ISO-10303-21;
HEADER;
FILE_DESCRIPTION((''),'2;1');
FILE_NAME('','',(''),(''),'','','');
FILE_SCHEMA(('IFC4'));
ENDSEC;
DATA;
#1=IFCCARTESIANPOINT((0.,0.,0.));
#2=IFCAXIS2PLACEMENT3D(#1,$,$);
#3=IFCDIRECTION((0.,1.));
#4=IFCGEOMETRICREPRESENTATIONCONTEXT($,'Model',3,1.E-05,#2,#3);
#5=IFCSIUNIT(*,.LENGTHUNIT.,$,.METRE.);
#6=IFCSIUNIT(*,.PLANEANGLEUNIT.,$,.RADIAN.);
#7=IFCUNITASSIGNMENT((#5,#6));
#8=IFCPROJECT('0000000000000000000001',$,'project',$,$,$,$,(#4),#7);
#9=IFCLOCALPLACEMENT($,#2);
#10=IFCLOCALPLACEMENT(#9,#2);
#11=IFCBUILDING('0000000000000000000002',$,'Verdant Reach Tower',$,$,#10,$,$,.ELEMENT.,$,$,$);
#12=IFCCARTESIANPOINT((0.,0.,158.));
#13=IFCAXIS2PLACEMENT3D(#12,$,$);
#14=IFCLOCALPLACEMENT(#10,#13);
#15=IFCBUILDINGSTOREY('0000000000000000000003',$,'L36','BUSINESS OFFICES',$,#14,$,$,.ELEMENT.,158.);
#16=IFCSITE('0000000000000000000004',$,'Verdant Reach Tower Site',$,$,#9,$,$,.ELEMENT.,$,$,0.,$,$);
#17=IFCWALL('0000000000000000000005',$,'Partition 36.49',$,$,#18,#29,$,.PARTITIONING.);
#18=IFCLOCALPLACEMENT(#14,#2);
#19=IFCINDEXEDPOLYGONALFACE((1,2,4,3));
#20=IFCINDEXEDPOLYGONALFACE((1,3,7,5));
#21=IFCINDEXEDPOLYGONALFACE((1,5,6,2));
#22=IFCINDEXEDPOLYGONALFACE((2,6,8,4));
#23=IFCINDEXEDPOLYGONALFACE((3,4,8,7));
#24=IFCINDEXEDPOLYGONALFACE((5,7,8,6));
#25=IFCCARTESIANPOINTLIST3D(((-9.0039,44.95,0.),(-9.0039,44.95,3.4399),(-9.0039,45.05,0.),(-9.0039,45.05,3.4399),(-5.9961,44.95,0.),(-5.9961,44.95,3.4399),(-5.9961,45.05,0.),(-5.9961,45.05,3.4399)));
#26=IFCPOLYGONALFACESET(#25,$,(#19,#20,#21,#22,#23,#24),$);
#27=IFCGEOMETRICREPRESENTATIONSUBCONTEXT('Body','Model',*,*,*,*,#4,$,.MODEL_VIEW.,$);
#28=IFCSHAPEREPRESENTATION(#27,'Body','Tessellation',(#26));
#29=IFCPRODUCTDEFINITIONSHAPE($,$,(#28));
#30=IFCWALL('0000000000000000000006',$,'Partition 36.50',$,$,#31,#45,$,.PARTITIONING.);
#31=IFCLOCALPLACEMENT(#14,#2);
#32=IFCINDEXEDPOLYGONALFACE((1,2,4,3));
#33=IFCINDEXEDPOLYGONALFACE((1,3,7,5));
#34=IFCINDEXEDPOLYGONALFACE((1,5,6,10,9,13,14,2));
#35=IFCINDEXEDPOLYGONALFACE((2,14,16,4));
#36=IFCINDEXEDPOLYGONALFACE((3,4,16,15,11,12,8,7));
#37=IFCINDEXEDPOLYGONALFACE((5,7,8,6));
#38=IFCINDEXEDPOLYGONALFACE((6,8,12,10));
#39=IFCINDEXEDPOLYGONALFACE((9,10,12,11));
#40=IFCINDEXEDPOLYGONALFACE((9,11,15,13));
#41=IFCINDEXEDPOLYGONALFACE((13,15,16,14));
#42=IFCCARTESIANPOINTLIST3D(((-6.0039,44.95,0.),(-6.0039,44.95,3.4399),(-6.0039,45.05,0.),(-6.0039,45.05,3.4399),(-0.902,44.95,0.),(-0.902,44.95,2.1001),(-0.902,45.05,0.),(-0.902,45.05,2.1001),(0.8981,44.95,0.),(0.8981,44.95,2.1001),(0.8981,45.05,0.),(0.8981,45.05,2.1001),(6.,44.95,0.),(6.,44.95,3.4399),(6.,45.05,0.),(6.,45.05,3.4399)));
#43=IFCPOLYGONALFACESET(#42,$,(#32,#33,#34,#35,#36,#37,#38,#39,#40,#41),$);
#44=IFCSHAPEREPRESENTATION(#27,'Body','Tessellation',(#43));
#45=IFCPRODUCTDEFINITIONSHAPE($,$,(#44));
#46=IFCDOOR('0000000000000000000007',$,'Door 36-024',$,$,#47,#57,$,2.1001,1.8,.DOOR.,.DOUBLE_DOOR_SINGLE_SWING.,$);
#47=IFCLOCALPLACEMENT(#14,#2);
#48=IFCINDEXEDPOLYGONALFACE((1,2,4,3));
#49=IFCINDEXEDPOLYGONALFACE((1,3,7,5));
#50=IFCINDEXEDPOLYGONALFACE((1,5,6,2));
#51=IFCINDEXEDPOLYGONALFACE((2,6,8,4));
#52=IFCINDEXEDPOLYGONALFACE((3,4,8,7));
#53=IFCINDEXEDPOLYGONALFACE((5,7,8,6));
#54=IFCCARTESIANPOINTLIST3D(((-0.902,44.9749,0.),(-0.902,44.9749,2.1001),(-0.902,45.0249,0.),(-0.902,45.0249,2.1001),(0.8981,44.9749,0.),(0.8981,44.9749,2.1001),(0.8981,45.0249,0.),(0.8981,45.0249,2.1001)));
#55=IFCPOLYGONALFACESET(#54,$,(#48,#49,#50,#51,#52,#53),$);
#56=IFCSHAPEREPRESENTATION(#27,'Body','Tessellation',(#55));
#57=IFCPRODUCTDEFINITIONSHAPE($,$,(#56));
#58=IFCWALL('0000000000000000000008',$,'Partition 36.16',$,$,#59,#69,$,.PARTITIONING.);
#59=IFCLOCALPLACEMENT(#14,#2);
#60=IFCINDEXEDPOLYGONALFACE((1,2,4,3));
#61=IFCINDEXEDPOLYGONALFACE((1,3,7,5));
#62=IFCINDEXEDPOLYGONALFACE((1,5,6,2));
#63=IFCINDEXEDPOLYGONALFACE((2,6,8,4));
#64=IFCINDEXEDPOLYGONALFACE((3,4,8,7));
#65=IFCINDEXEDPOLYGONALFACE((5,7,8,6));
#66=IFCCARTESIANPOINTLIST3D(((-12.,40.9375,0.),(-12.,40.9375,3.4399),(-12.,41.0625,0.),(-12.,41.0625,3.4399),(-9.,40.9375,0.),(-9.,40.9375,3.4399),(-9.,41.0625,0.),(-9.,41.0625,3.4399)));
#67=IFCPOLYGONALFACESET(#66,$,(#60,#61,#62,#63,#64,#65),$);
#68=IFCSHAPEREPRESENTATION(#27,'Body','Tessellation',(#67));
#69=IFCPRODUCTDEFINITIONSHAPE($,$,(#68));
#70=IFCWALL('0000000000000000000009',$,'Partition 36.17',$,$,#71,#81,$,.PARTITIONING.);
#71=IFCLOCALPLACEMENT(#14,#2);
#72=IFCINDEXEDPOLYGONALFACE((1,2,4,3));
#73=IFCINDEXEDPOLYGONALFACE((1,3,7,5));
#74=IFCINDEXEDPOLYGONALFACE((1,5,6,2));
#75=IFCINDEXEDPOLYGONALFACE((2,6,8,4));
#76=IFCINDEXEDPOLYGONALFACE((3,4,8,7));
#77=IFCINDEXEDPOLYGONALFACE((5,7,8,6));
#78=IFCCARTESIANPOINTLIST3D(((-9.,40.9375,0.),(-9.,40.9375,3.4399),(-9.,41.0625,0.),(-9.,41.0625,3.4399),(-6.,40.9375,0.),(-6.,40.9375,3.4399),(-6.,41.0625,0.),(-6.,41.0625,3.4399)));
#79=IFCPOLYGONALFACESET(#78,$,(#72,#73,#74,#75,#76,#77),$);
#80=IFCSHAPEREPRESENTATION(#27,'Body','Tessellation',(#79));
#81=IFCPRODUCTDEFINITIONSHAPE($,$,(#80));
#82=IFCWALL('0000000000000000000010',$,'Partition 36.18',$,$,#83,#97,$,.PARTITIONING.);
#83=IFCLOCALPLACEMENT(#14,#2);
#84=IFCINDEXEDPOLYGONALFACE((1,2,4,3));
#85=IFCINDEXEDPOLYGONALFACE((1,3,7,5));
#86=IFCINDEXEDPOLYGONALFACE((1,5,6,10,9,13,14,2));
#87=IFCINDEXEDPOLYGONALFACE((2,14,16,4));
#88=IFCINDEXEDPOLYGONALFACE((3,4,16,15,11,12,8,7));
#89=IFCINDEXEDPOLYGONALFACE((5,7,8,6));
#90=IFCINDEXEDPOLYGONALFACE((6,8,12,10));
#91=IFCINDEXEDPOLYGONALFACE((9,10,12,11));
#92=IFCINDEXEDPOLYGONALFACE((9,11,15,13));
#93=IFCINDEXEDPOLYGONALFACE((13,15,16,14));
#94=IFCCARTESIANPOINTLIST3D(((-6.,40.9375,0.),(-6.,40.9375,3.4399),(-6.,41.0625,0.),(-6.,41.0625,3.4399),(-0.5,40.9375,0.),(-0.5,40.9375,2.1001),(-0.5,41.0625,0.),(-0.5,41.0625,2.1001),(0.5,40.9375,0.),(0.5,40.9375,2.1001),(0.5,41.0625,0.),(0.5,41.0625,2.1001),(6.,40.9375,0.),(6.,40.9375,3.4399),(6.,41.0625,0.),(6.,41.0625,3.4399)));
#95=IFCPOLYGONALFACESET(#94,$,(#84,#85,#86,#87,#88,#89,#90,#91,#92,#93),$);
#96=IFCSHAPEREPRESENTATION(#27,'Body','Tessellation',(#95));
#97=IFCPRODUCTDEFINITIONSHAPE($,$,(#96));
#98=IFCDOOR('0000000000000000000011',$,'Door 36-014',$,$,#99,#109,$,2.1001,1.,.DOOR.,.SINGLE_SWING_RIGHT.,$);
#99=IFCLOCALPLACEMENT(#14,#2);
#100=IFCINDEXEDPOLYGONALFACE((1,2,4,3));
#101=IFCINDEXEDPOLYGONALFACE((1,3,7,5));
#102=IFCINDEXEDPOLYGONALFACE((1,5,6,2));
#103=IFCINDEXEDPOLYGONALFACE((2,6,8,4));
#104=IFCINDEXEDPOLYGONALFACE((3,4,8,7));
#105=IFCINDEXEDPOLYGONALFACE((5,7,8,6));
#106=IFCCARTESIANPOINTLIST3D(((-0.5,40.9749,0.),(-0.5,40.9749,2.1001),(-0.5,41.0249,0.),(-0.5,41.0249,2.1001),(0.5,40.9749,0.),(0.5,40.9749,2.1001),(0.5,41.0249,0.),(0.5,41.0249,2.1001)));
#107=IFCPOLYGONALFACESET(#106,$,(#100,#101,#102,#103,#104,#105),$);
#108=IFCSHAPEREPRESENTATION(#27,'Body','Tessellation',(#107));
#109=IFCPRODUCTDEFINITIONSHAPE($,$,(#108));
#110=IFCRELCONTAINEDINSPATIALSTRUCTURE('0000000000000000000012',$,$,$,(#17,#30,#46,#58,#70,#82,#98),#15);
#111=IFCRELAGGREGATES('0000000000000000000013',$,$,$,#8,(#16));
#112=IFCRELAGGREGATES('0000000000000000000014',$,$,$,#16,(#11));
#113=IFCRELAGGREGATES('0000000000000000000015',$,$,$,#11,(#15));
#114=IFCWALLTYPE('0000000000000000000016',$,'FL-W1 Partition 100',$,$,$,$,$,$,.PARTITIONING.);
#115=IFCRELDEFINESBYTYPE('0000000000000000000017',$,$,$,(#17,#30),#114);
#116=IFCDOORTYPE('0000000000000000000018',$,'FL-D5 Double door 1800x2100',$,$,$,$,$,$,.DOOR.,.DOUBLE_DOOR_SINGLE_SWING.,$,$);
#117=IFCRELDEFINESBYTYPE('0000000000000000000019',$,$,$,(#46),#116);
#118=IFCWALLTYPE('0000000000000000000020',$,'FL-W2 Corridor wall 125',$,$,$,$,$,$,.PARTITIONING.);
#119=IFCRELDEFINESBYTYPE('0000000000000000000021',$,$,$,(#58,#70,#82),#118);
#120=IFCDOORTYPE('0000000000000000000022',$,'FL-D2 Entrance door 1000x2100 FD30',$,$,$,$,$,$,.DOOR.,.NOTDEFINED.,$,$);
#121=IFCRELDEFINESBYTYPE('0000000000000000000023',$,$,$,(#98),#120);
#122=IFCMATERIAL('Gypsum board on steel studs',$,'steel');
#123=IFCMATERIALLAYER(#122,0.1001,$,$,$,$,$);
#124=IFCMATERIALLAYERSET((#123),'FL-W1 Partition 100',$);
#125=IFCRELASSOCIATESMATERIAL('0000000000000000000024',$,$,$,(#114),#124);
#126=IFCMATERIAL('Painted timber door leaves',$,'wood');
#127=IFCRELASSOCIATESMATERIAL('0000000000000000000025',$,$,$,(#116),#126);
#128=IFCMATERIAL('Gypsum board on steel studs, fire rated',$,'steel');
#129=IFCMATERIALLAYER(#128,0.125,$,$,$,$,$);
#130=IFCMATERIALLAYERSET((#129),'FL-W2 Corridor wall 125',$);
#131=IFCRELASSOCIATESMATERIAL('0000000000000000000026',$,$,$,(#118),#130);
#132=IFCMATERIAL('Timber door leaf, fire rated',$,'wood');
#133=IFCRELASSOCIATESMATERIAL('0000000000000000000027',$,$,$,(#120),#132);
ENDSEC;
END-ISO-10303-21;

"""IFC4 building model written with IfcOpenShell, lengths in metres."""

from ifc_helpers import new_model, si_unit, direction, frame, frame_2d, origin, place, context, subcontext, project, spatial, rectangle, extrude, material, layer, layer_set, type_object, element, fill, save


model = new_model("IFC4")

# Units and contexts
model_context = context("Model", 3, precision=1e-05, world=origin(), true_north=direction((0.0, 1.0)))
body_context = subcontext(model_context, "Body", "Model", "MODEL_VIEW")
ifc_project = project(units=[si_unit("LENGTHUNIT", "METRE"), si_unit("PLANEANGLEUNIT", "RADIAN")], contexts=[model_context])

# Site, building, storey
site_placement = place(None, origin())
site = spatial("IfcSite", under=ifc_project, at=site_placement, Name="Verdant Reach Tower Site", CompositionType="ELEMENT", RefElevation=0.0)
building_placement = place(site_placement, origin())
building = spatial("IfcBuilding", under=site, at=building_placement, Name="Verdant Reach Tower", CompositionType="ELEMENT")
storey_placement = place(building_placement, frame((0.0, 0.0, 158.0)))
storey = spatial("IfcBuildingStorey", under=building, at=storey_placement, Name="L36", Description="BUSINESS OFFICES", CompositionType="ELEMENT", Elevation=158.0)

# Shared definitions
ifc_material_1 = material(Name="Gypsum board on steel studs", Category="steel")
ifc_layer_1 = layer(ifc_material_1, 0.1001)
ifc_layer_set_1 = layer_set([ifc_layer_1], Name="FL-W1 Partition 100")
wall_type_1 = type_object("IfcWallType", Name="FL-W1 Partition 100", PredefinedType="PARTITIONING", material=ifc_layer_set_1)

# Wall
wall_1_placement = place(storey_placement, frame((-5.9961, 45.0, 0.0), z_axis=(0.0, 0.0, 1.0), x_axis=(-1.0, 0.0, 0.0)))
element("IfcWall", 1, at=wall_1_placement, inside=storey, type_object=wall_type_1, Name="Partition 36.49", PredefinedType="PARTITIONING", context=body_context, shape_type="SweptSolid", body=[
    extrude(rectangle(XDim=3.0078, YDim=0.1001, at=frame_2d((1.5039, 0.0))), origin(), (0.0, 0.0, 1.0), 3.4399),
])

# Wall, opening, door
wall_2_placement = place(storey_placement, frame((-6.0039, 45.0, 0.0), z_axis=(0.0, 0.0, 1.0), x_axis=(1.0, 0.0, 0.0)))
wall_2 = element("IfcWall", 2, at=wall_2_placement, inside=storey, type_object=wall_type_1, Name="Partition 36.50", PredefinedType="PARTITIONING", context=body_context, shape_type="SweptSolid", body=[
    extrude(rectangle(XDim=12.0039, YDim=0.1001, at=frame_2d((6.002, 0.0))), origin(), (0.0, 0.0, 1.0), 3.4399),
])
opening_1_placement = place(wall_2_placement, frame((5.1021, 0.0, 0.0)))
opening_1 = element("IfcOpeningElement", 3, at=opening_1_placement, cuts=wall_2, PredefinedType="OPENING", context=body_context, shape_type="SweptSolid", body=[
    extrude(rectangle(XDim=1.8, YDim=2.1001, at=frame_2d((0.8999, 1.05))), frame((0.0, 0.0601, 0.0), z_axis=(0.0, -1.0, 0.0), x_axis=(1.0, 0.0, 0.0)), (0.0, 0.0, 1.0), 0.1201),
])
ifc_material_2 = material(Name="Painted timber door leaves", Category="wood")
door_type_1 = type_object("IfcDoorType", Name="FL-D5 Double door 1800x2100", OperationType="DOUBLE_DOOR_SINGLE_SWING", PredefinedType="DOOR", material=ifc_material_2)
door_1_placement = place(opening_1_placement, origin())
door_1 = element("IfcDoor", 4, at=door_1_placement, inside=storey, type_object=door_type_1, Name="Door 36-024", OperationType="DOUBLE_DOOR_SINGLE_SWING", OverallHeight=2.1001, OverallWidth=1.8, PredefinedType="DOOR", context=body_context, shape_type="SweptSolid", body=[
    extrude(rectangle(XDim=1.8, YDim=2.1001, at=frame_2d((0.8999, 1.05))), frame((0.0, 0.0249, 0.0), z_axis=(0.0, -1.0, 0.0), x_axis=(1.0, 0.0, 0.0)), (0.0, 0.0, 1.0), 0.05),
])
fill(opening_1, door_1)

# Walls
ifc_material_3 = material(Name="Gypsum board on steel studs, fire rated", Category="steel")
ifc_layer_2 = layer(ifc_material_3, 0.125)
ifc_layer_set_2 = layer_set([ifc_layer_2], Name="FL-W2 Corridor wall 125")
wall_type_2 = type_object("IfcWallType", Name="FL-W2 Corridor wall 125", PredefinedType="PARTITIONING", material=ifc_layer_set_2)
for number, where, z_axis, x_axis, name in (
    (5, (-9.0, 41.0, 0.0), (0.0, 0.0, 1.0), (-1.0, 0.0, 0.0), "Partition 36.16"),
    (6, (-6.0, 41.0, 0.0), (0.0, 0.0, 1.0), (-1.0, 0.0, 0.0), "Partition 36.17"),
):
    element("IfcWall", number, at=place(storey_placement, frame(where, z_axis=z_axis, x_axis=x_axis)), inside=storey, type_object=wall_type_2, Name=name, PredefinedType="PARTITIONING", context=body_context, shape_type="SweptSolid", body=[
        extrude(rectangle(XDim=3.0, YDim=0.125, at=frame_2d((1.5, 0.0))), origin(), (0.0, 0.0, 1.0), 3.4399),
    ])

# Wall, opening, door
wall_3_placement = place(storey_placement, frame((-6.0, 41.0, 0.0), z_axis=(0.0, 0.0, 1.0), x_axis=(1.0, 0.0, 0.0)))
wall_3 = element("IfcWall", 7, at=wall_3_placement, inside=storey, type_object=wall_type_2, Name="Partition 36.18", PredefinedType="PARTITIONING", context=body_context, shape_type="SweptSolid", body=[
    extrude(rectangle(XDim=12.0, YDim=0.125, at=frame_2d((6.0, 0.0))), origin(), (0.0, 0.0, 1.0), 3.4399),
])
opening_2_placement = place(wall_3_placement, frame((5.5, 0.0, 0.0)))
opening_2 = element("IfcOpeningElement", 8, at=opening_2_placement, cuts=wall_3, PredefinedType="OPENING", context=body_context, shape_type="SweptSolid", body=[
    extrude(rectangle(XDim=1.0, YDim=2.1001, at=frame_2d((0.5, 1.05))), frame((0.0, 0.0725, 0.0), z_axis=(0.0, -1.0, 0.0), x_axis=(1.0, 0.0, 0.0)), (0.0, 0.0, 1.0), 0.145),
])
ifc_material_4 = material(Name="Timber door leaf, fire rated", Category="wood")
door_type_2 = type_object("IfcDoorType", Name="FL-D2 Entrance door 1000x2100 FD30", OperationType="NOTDEFINED", PredefinedType="DOOR", material=ifc_material_4)
door_2_placement = place(opening_2_placement, origin())
door_2 = element("IfcDoor", 9, at=door_2_placement, inside=storey, type_object=door_type_2, Name="Door 36-014", OperationType="SINGLE_SWING_RIGHT", OverallHeight=2.1001, OverallWidth=1.0, PredefinedType="DOOR", context=body_context, shape_type="SweptSolid", body=[
    extrude(rectangle(XDim=1.0, YDim=2.1001, at=frame_2d((0.5, 1.05))), frame((0.0, 0.0249, 0.0), z_axis=(0.0, -1.0, 0.0), x_axis=(1.0, 0.0, 0.0)), (0.0, 0.0, 1.0), 0.05),
])
fill(opening_2, door_2)

save(model, "model.ifc")
